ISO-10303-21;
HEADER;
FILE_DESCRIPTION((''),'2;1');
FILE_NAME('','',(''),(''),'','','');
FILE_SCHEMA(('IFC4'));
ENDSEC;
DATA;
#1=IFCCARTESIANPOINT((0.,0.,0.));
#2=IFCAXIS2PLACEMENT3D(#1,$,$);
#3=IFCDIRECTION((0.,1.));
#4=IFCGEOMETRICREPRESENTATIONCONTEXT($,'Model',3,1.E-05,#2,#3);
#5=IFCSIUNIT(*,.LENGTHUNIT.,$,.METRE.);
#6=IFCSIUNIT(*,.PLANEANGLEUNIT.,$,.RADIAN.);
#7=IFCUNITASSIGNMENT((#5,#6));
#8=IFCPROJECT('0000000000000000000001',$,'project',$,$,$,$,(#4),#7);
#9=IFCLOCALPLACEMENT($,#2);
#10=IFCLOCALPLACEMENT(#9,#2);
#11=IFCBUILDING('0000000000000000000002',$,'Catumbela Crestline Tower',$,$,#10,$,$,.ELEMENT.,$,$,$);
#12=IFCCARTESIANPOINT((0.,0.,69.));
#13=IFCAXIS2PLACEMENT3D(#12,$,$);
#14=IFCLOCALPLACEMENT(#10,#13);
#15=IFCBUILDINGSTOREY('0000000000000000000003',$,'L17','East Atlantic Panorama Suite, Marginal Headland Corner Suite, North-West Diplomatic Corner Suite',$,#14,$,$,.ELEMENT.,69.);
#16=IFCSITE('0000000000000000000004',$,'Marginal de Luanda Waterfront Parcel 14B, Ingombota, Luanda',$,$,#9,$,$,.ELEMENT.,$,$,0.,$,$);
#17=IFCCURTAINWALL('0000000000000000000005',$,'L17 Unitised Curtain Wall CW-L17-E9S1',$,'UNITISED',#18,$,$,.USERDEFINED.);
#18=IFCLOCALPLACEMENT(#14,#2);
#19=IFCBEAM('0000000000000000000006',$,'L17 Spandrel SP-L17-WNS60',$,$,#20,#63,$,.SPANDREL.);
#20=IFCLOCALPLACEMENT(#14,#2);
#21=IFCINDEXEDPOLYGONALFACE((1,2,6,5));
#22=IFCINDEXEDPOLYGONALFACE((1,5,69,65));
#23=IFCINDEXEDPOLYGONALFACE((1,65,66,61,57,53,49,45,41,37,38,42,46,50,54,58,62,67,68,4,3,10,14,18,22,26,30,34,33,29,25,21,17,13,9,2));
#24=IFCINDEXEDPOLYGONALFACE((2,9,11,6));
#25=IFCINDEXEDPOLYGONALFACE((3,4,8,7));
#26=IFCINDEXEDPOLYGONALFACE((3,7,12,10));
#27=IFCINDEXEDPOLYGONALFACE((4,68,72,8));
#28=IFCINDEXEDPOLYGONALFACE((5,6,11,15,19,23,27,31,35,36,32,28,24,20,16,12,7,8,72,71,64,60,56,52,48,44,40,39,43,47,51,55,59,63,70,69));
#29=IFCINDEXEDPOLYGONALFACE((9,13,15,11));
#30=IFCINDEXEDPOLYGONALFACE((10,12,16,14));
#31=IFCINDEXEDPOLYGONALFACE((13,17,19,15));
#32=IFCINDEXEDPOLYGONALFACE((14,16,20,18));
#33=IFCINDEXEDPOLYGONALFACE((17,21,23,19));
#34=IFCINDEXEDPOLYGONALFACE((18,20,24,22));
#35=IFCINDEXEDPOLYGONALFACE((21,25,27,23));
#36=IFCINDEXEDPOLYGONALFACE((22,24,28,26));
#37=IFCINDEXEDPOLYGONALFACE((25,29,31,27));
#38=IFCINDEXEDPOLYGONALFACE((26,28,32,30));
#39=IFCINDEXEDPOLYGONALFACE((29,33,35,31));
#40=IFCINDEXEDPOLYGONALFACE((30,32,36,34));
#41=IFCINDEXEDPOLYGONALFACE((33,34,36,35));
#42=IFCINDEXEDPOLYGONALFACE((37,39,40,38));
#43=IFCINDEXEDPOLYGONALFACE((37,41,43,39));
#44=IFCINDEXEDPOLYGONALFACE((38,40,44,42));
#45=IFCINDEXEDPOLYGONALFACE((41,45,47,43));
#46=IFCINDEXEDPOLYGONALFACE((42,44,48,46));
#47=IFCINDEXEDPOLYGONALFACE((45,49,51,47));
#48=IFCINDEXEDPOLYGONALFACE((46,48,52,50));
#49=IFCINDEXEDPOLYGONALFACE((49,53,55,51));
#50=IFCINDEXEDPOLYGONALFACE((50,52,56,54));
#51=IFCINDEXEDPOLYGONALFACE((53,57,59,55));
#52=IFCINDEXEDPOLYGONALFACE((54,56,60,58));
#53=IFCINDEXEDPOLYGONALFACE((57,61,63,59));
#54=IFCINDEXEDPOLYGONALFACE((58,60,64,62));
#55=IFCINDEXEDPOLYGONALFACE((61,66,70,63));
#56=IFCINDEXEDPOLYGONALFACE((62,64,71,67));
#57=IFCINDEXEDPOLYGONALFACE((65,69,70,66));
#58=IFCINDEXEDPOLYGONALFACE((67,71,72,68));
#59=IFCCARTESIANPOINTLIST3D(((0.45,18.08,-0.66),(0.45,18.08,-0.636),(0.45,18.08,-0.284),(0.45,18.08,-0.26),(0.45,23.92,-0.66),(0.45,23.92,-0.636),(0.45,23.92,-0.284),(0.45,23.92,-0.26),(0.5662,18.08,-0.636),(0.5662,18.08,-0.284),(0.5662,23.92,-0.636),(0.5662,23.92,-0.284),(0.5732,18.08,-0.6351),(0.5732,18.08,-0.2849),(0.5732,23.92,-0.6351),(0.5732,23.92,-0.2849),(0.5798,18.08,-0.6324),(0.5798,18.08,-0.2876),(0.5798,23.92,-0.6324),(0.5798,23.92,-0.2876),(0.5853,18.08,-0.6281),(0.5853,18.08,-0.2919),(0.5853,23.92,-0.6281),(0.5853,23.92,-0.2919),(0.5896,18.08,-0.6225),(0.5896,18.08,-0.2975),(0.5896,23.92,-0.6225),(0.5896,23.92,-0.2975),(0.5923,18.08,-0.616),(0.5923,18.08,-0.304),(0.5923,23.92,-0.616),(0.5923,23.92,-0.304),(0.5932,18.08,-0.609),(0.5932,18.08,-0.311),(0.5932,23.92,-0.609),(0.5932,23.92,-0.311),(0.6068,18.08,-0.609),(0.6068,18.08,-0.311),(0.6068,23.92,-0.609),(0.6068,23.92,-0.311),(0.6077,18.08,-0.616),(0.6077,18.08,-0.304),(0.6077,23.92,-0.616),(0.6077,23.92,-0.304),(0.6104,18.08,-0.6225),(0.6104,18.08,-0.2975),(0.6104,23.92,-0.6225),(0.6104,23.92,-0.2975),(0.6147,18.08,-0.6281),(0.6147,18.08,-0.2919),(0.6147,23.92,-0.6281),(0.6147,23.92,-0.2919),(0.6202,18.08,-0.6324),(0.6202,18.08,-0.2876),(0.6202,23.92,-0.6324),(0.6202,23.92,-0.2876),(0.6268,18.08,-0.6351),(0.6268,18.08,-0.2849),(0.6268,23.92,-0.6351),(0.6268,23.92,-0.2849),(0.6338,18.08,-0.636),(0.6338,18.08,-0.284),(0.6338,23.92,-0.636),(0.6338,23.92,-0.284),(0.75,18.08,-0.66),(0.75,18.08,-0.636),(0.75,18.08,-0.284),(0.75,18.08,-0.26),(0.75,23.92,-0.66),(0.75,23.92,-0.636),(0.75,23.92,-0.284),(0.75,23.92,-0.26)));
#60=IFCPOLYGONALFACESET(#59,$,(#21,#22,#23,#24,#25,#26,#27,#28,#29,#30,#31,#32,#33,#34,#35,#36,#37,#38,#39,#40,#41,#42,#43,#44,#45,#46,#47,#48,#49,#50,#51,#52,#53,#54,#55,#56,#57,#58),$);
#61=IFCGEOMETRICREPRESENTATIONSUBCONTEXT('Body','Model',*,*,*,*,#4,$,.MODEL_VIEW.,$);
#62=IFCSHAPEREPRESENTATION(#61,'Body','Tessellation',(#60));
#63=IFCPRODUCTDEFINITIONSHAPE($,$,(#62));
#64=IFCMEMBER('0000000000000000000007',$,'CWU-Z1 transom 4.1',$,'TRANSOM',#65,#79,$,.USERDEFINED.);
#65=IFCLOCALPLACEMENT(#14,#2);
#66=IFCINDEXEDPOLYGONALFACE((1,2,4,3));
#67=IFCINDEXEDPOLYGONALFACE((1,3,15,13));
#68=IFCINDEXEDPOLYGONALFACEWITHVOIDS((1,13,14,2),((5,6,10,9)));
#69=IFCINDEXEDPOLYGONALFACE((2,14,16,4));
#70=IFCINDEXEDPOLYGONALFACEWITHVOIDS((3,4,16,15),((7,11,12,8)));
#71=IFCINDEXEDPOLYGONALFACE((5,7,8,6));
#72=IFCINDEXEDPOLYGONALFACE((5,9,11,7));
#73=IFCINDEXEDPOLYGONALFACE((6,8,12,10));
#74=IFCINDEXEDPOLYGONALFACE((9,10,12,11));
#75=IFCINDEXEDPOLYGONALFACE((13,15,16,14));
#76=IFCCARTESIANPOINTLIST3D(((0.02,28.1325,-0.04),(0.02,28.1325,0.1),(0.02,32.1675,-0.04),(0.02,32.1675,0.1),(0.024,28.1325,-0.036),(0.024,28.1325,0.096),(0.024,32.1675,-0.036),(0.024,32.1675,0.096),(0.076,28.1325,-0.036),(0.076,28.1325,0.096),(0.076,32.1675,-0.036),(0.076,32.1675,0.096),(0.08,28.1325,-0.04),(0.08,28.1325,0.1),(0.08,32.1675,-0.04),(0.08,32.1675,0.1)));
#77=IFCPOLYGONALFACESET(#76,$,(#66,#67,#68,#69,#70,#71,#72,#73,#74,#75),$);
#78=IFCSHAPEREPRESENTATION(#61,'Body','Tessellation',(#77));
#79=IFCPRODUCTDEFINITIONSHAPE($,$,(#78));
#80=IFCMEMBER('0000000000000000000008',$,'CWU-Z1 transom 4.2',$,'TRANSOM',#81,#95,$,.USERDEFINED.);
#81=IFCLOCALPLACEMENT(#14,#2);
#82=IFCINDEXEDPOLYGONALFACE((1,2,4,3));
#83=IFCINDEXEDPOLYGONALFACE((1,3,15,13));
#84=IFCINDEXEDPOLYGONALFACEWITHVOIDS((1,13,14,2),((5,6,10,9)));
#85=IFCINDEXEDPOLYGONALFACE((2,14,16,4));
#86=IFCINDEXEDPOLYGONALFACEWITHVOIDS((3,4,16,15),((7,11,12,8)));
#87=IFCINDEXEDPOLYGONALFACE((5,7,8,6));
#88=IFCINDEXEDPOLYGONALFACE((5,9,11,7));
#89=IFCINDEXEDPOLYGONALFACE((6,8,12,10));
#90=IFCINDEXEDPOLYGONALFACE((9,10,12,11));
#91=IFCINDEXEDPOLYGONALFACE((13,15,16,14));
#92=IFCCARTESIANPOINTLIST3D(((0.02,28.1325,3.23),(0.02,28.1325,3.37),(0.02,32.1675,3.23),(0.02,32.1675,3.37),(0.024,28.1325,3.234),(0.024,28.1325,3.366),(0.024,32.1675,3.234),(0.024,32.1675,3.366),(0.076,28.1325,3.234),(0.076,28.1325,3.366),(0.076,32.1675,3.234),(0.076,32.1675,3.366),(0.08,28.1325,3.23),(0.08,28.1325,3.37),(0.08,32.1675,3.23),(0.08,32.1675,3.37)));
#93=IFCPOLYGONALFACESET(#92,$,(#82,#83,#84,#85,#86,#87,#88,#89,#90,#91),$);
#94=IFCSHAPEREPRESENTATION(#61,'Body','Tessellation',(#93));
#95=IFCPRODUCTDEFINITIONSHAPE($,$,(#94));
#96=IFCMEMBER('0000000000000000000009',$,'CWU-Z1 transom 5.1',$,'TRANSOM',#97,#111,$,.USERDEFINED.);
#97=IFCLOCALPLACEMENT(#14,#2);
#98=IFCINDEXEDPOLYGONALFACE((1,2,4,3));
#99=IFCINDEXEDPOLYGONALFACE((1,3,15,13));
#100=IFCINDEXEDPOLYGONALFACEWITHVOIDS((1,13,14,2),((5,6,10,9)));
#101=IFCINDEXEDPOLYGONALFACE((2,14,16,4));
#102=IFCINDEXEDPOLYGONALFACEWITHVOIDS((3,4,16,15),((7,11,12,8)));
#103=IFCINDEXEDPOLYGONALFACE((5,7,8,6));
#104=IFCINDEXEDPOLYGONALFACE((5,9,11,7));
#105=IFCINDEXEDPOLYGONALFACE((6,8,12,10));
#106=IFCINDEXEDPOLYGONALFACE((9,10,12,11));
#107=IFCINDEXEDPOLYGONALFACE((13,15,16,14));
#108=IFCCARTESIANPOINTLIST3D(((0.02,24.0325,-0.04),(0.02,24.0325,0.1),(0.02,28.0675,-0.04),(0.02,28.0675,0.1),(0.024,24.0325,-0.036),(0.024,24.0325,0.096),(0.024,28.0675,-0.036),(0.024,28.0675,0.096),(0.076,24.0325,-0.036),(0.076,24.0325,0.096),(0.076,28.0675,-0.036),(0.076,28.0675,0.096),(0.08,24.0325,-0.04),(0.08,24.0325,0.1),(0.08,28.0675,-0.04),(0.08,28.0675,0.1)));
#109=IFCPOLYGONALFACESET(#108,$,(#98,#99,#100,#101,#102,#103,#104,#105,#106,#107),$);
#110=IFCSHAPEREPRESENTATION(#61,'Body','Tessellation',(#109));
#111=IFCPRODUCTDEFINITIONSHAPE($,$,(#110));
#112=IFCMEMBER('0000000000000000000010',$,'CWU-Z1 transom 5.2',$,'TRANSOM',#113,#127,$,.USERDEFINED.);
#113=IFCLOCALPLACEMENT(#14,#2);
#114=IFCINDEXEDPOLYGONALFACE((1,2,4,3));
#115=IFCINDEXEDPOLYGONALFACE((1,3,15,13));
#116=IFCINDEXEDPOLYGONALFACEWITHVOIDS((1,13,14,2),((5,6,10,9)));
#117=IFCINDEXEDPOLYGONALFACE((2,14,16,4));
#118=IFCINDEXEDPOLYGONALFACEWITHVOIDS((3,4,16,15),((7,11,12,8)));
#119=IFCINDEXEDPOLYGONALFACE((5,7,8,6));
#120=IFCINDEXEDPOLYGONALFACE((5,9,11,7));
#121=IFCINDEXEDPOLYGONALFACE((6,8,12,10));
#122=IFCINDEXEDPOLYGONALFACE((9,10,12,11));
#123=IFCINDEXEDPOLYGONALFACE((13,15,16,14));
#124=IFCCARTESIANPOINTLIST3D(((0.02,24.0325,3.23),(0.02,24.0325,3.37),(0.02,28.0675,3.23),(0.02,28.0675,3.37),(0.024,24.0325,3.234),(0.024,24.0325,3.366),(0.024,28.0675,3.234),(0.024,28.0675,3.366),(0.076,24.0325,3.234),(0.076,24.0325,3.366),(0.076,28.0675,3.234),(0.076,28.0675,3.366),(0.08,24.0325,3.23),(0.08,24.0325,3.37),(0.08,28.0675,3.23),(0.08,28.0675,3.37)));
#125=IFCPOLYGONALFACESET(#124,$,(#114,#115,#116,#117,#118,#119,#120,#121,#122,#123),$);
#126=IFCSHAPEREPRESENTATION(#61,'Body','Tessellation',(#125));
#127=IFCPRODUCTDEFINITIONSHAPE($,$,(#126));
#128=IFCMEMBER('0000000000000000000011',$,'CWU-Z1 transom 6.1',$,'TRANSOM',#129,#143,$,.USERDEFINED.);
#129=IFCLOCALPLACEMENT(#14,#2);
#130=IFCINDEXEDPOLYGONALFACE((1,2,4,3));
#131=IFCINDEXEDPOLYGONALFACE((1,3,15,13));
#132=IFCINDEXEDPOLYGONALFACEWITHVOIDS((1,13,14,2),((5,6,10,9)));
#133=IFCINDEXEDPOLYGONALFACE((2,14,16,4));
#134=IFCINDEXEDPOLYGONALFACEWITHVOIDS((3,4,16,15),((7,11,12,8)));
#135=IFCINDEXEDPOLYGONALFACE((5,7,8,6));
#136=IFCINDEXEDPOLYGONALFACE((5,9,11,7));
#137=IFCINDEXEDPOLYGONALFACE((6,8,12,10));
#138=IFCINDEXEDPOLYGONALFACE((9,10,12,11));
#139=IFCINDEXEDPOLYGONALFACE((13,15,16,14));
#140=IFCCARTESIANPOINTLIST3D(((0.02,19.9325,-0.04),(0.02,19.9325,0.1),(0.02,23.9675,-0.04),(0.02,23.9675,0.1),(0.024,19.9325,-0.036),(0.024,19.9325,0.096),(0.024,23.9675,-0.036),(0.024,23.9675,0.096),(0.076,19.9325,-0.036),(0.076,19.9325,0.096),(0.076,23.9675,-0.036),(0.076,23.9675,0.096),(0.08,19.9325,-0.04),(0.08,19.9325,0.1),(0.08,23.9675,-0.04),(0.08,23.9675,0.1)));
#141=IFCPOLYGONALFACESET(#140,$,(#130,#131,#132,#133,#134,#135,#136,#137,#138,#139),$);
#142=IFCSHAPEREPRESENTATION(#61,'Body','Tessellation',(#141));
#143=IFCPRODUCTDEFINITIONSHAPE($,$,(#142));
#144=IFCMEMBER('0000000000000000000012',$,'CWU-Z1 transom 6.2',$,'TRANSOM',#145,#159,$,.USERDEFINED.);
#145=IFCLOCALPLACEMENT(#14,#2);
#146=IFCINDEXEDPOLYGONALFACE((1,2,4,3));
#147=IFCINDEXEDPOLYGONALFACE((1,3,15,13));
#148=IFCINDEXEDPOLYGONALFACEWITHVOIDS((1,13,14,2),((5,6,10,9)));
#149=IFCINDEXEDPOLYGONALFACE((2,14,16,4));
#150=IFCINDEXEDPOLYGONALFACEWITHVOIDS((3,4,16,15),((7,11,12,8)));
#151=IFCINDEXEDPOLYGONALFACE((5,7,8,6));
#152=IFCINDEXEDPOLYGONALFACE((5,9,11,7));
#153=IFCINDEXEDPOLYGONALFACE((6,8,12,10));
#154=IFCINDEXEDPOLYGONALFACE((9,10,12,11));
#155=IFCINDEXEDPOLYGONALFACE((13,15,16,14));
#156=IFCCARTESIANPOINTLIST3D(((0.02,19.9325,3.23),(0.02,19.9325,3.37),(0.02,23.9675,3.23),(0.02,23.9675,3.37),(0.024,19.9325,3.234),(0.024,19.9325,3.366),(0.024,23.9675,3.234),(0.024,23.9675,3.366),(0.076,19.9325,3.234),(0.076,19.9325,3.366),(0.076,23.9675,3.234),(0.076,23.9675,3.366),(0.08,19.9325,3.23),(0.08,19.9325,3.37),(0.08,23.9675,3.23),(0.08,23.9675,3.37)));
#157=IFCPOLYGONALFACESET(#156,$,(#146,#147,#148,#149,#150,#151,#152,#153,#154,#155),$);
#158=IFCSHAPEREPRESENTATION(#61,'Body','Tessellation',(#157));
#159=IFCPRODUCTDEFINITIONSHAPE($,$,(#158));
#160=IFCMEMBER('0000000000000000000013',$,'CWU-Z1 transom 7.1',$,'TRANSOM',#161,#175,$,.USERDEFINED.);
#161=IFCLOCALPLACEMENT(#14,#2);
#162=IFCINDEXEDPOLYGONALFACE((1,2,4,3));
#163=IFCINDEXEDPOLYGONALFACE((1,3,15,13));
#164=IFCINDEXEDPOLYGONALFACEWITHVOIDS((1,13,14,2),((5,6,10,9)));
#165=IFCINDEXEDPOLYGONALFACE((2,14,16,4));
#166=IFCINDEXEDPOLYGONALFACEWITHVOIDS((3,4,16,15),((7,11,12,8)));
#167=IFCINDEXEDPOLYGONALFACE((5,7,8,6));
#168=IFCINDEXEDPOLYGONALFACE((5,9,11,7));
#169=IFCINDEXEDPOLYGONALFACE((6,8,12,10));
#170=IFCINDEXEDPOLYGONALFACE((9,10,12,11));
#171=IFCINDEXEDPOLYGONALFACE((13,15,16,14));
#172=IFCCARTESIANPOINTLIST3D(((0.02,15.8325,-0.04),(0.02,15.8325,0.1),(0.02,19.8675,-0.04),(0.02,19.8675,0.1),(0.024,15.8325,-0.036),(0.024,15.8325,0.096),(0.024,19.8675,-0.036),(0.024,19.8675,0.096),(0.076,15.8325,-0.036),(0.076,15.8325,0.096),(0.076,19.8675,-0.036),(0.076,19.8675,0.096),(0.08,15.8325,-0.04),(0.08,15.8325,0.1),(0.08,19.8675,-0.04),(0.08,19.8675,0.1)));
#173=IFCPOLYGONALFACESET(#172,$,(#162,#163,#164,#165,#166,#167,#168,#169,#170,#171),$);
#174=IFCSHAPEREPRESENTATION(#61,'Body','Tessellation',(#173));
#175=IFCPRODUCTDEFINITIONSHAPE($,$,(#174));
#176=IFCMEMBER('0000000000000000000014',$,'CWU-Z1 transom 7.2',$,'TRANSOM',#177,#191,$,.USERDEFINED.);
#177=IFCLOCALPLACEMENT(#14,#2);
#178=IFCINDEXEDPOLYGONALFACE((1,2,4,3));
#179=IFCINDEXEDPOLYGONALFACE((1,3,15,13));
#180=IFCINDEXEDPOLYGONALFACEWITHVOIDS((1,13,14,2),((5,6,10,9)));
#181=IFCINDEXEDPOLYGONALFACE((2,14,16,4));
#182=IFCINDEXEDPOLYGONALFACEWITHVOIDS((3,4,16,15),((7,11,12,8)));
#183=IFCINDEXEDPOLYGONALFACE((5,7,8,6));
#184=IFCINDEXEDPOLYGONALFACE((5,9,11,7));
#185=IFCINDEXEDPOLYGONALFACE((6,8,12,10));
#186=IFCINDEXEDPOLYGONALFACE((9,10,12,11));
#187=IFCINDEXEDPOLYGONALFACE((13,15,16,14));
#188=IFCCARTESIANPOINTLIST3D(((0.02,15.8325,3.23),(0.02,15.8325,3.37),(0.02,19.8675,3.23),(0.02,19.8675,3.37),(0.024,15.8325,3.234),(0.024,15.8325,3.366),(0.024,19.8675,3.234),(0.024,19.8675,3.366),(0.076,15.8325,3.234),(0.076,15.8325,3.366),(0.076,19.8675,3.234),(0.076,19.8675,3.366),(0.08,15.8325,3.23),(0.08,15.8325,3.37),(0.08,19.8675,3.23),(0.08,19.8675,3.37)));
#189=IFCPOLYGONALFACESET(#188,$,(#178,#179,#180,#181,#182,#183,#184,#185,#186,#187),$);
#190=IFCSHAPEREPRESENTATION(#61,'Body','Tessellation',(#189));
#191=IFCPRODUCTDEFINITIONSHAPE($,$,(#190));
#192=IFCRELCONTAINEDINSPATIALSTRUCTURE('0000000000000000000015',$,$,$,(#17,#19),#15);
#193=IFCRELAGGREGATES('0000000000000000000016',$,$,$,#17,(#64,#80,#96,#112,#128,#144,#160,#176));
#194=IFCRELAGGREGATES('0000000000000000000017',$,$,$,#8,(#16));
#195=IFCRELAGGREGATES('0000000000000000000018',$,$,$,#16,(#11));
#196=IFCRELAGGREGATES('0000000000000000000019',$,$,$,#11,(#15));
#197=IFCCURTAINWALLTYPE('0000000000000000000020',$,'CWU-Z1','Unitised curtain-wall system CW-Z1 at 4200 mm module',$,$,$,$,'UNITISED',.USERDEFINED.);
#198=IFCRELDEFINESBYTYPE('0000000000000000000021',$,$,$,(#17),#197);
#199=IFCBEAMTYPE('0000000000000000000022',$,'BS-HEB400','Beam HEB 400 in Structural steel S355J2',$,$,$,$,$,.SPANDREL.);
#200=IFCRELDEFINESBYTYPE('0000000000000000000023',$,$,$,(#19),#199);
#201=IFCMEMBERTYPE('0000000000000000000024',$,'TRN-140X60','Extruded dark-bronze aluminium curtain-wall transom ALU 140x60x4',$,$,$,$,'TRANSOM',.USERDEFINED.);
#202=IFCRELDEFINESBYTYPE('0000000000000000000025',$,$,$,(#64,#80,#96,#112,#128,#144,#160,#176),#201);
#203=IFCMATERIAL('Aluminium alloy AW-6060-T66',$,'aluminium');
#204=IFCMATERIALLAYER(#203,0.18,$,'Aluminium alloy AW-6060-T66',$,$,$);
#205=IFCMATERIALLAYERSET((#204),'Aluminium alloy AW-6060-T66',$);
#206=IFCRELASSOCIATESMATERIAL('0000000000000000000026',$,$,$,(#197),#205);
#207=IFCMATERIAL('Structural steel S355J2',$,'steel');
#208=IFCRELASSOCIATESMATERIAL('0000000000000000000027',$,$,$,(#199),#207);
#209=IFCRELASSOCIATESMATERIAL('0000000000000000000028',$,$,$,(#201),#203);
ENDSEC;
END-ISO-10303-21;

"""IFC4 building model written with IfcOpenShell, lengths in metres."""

from ifc_helpers import new_model, si_unit, direction, frame, origin, origin_2d, place, context, subcontext, project, spatial, hollow_rectangle, i_section, extrude, material, layer, layer_set, material_profile, profile_set, type_object, element, aggregate, save


model = new_model("IFC4")

# Units and contexts
model_context = context("Model", 3, precision=1e-05, world=origin(), true_north=direction((0.0, 1.0)))
body_context = subcontext(model_context, "Body", "Model", "MODEL_VIEW")
ifc_project = project(units=[si_unit("LENGTHUNIT", "METRE"), si_unit("PLANEANGLEUNIT", "RADIAN")], contexts=[model_context])

# Site, building, storey
site_placement = place(None, origin())
site = spatial("IfcSite", under=ifc_project, at=site_placement, Name="Marginal de Luanda Waterfront Parcel 14B, Ingombota, Luanda", CompositionType="ELEMENT", RefElevation=0.0)
building_placement = place(site_placement, origin())
building = spatial("IfcBuilding", under=site, at=building_placement, Name="Catumbela Crestline Tower", CompositionType="ELEMENT")
storey_placement = place(building_placement, frame((0.0, 0.0, 69.0)))
storey = spatial("IfcBuildingStorey", under=building, at=storey_placement, Name="L17", Description="East Atlantic Panorama Suite, Marginal Headland Corner Suite, North-West Diplomatic Corner Suite", CompositionType="ELEMENT", Elevation=69.0)

# Shared definitions
ifc_material_1 = material(Name="Structural steel S355J2", Category="steel")

# Curtain wall
ifc_material_2 = material(Name="Aluminium alloy AW-6060-T66", Category="aluminium")
ifc_layer_1 = layer(ifc_material_2, 0.18, Name="Aluminium alloy AW-6060-T66")
ifc_layer_set_1 = layer_set([ifc_layer_1], Name="Aluminium alloy AW-6060-T66")
curtain_wall_type = type_object("IfcCurtainWallType", Name="CWU-Z1", Description="Unitised curtain-wall system CW-Z1 at 4200 mm module", ElementType="UNITISED", PredefinedType="USERDEFINED", material=ifc_layer_set_1)
curtain_wall_placement = place(storey_placement, origin())
curtain_wall = element("IfcCurtainWall", 1, at=curtain_wall_placement, inside=storey, type_object=curtain_wall_type, Name="L17 Unitised Curtain Wall CW-L17-E9S1", ObjectType="UNITISED", PredefinedType="USERDEFINED")

# Beam
ifc_material_profile_1 = material_profile(ifc_material_1, i_section(OverallWidth=0.3, OverallDepth=0.4, WebThickness=0.0135, FlangeThickness=0.024, FilletRadius=0.027, at=origin_2d()), Name="HEB 400")
ifc_profile_set_1 = profile_set([ifc_material_profile_1], Name="Structural steel S355J2")
beam_type_1 = type_object("IfcBeamType", Name="BS-HEB400", Description="Beam HEB 400 in Structural steel S355J2", PredefinedType="SPANDREL", material=ifc_profile_set_1)
beam_1_placement = place(storey_placement, frame((0.6, 18.08, -0.46), z_axis=(0.0, 1.0, 0.0), x_axis=(-1.0, 0.0, 0.0)))
element("IfcBeam", 2, at=beam_1_placement, inside=storey, type_object=beam_type_1, Name="L17 Spandrel SP-L17-WNS60", PredefinedType="SPANDREL", context=body_context, shape_type="SweptSolid", body=[
    extrude(i_section(OverallWidth=0.3, OverallDepth=0.4, WebThickness=0.0135, FlangeThickness=0.024, FilletRadius=0.027, at=origin_2d()), origin(), (0.0, 0.0, 1.0), 5.84),
])

# Members
ifc_material_profile_2 = material_profile(ifc_material_2, hollow_rectangle(XDim=0.06, YDim=0.14, WallThickness=0.004, at=origin_2d()), Name="ALU 140x60x4")
ifc_profile_set_2 = profile_set([ifc_material_profile_2], Name="Aluminium alloy AW-6060-T66")
member_type_1 = type_object("IfcMemberType", Name="TRN-140X60", Description="Extruded dark-bronze aluminium curtain-wall transom ALU 140x60x4", ElementType="TRANSOM", PredefinedType="USERDEFINED", material=ifc_profile_set_2)
member_1_placement = place(storey_placement, frame((0.05, 32.1675, 0.03), z_axis=(0.0, -1.0, 0.0), x_axis=(1.0, 0.0, 0.0)))
member_1 = element("IfcMember", 3, at=member_1_placement, type_object=member_type_1, Name="CWU-Z1 transom 4.1", ObjectType="TRANSOM", PredefinedType="USERDEFINED", context=body_context, shape_type="SweptSolid", body=[
    extrude(hollow_rectangle(XDim=0.06, YDim=0.14, WallThickness=0.004, at=origin_2d()), origin(), (0.0, 0.0, 1.0), 4.035),
])
member_2_placement = place(storey_placement, frame((0.05, 32.1675, 3.3), z_axis=(0.0, -1.0, 0.0), x_axis=(1.0, 0.0, 0.0)))
member_2 = element("IfcMember", 4, at=member_2_placement, type_object=member_type_1, Name="CWU-Z1 transom 4.2", ObjectType="TRANSOM", PredefinedType="USERDEFINED", context=body_context, shape_type="SweptSolid", body=[
    extrude(hollow_rectangle(XDim=0.06, YDim=0.14, WallThickness=0.004, at=origin_2d()), origin(), (0.0, 0.0, 1.0), 4.035),
])
member_3_placement = place(storey_placement, frame((0.05, 28.0675, 0.03), z_axis=(0.0, -1.0, 0.0), x_axis=(1.0, 0.0, 0.0)))
member_3 = element("IfcMember", 5, at=member_3_placement, type_object=member_type_1, Name="CWU-Z1 transom 5.1", ObjectType="TRANSOM", PredefinedType="USERDEFINED", context=body_context, shape_type="SweptSolid", body=[
    extrude(hollow_rectangle(XDim=0.06, YDim=0.14, WallThickness=0.004, at=origin_2d()), origin(), (0.0, 0.0, 1.0), 4.035),
])
member_4_placement = place(storey_placement, frame((0.05, 28.0675, 3.3), z_axis=(0.0, -1.0, 0.0), x_axis=(1.0, 0.0, 0.0)))
member_4 = element("IfcMember", 6, at=member_4_placement, type_object=member_type_1, Name="CWU-Z1 transom 5.2", ObjectType="TRANSOM", PredefinedType="USERDEFINED", context=body_context, shape_type="SweptSolid", body=[
    extrude(hollow_rectangle(XDim=0.06, YDim=0.14, WallThickness=0.004, at=origin_2d()), origin(), (0.0, 0.0, 1.0), 4.035),
])
member_5_placement = place(storey_placement, frame((0.05, 23.9675, 0.03), z_axis=(0.0, -1.0, 0.0), x_axis=(1.0, 0.0, 0.0)))
member_5 = element("IfcMember", 7, at=member_5_placement, type_object=member_type_1, Name="CWU-Z1 transom 6.1", ObjectType="TRANSOM", PredefinedType="USERDEFINED", context=body_context, shape_type="SweptSolid", body=[
    extrude(hollow_rectangle(XDim=0.06, YDim=0.14, WallThickness=0.004, at=origin_2d()), origin(), (0.0, 0.0, 1.0), 4.035),
])
member_6_placement = place(storey_placement, frame((0.05, 23.9675, 3.3), z_axis=(0.0, -1.0, 0.0), x_axis=(1.0, 0.0, 0.0)))
member_6 = element("IfcMember", 8, at=member_6_placement, type_object=member_type_1, Name="CWU-Z1 transom 6.2", ObjectType="TRANSOM", PredefinedType="USERDEFINED", context=body_context, shape_type="SweptSolid", body=[
    extrude(hollow_rectangle(XDim=0.06, YDim=0.14, WallThickness=0.004, at=origin_2d()), origin(), (0.0, 0.0, 1.0), 4.035),
])
member_7_placement = place(storey_placement, frame((0.05, 19.8675, 0.03), z_axis=(0.0, -1.0, 0.0), x_axis=(1.0, 0.0, 0.0)))
member_7 = element("IfcMember", 9, at=member_7_placement, type_object=member_type_1, Name="CWU-Z1 transom 7.1", ObjectType="TRANSOM", PredefinedType="USERDEFINED", context=body_context, shape_type="SweptSolid", body=[
    extrude(hollow_rectangle(XDim=0.06, YDim=0.14, WallThickness=0.004, at=origin_2d()), origin(), (0.0, 0.0, 1.0), 4.035),
])
member_8_placement = place(storey_placement, frame((0.05, 19.8675, 3.3), z_axis=(0.0, -1.0, 0.0), x_axis=(1.0, 0.0, 0.0)))
member_8 = element("IfcMember", 10, at=member_8_placement, type_object=member_type_1, Name="CWU-Z1 transom 7.2", ObjectType="TRANSOM", PredefinedType="USERDEFINED", context=body_context, shape_type="SweptSolid", body=[
    extrude(hollow_rectangle(XDim=0.06, YDim=0.14, WallThickness=0.004, at=origin_2d()), origin(), (0.0, 0.0, 1.0), 4.035),
])

aggregate(curtain_wall, [member_1, member_2, member_3, member_4, member_5, member_6, member_7, member_8])

save(model, "model.ifc")
